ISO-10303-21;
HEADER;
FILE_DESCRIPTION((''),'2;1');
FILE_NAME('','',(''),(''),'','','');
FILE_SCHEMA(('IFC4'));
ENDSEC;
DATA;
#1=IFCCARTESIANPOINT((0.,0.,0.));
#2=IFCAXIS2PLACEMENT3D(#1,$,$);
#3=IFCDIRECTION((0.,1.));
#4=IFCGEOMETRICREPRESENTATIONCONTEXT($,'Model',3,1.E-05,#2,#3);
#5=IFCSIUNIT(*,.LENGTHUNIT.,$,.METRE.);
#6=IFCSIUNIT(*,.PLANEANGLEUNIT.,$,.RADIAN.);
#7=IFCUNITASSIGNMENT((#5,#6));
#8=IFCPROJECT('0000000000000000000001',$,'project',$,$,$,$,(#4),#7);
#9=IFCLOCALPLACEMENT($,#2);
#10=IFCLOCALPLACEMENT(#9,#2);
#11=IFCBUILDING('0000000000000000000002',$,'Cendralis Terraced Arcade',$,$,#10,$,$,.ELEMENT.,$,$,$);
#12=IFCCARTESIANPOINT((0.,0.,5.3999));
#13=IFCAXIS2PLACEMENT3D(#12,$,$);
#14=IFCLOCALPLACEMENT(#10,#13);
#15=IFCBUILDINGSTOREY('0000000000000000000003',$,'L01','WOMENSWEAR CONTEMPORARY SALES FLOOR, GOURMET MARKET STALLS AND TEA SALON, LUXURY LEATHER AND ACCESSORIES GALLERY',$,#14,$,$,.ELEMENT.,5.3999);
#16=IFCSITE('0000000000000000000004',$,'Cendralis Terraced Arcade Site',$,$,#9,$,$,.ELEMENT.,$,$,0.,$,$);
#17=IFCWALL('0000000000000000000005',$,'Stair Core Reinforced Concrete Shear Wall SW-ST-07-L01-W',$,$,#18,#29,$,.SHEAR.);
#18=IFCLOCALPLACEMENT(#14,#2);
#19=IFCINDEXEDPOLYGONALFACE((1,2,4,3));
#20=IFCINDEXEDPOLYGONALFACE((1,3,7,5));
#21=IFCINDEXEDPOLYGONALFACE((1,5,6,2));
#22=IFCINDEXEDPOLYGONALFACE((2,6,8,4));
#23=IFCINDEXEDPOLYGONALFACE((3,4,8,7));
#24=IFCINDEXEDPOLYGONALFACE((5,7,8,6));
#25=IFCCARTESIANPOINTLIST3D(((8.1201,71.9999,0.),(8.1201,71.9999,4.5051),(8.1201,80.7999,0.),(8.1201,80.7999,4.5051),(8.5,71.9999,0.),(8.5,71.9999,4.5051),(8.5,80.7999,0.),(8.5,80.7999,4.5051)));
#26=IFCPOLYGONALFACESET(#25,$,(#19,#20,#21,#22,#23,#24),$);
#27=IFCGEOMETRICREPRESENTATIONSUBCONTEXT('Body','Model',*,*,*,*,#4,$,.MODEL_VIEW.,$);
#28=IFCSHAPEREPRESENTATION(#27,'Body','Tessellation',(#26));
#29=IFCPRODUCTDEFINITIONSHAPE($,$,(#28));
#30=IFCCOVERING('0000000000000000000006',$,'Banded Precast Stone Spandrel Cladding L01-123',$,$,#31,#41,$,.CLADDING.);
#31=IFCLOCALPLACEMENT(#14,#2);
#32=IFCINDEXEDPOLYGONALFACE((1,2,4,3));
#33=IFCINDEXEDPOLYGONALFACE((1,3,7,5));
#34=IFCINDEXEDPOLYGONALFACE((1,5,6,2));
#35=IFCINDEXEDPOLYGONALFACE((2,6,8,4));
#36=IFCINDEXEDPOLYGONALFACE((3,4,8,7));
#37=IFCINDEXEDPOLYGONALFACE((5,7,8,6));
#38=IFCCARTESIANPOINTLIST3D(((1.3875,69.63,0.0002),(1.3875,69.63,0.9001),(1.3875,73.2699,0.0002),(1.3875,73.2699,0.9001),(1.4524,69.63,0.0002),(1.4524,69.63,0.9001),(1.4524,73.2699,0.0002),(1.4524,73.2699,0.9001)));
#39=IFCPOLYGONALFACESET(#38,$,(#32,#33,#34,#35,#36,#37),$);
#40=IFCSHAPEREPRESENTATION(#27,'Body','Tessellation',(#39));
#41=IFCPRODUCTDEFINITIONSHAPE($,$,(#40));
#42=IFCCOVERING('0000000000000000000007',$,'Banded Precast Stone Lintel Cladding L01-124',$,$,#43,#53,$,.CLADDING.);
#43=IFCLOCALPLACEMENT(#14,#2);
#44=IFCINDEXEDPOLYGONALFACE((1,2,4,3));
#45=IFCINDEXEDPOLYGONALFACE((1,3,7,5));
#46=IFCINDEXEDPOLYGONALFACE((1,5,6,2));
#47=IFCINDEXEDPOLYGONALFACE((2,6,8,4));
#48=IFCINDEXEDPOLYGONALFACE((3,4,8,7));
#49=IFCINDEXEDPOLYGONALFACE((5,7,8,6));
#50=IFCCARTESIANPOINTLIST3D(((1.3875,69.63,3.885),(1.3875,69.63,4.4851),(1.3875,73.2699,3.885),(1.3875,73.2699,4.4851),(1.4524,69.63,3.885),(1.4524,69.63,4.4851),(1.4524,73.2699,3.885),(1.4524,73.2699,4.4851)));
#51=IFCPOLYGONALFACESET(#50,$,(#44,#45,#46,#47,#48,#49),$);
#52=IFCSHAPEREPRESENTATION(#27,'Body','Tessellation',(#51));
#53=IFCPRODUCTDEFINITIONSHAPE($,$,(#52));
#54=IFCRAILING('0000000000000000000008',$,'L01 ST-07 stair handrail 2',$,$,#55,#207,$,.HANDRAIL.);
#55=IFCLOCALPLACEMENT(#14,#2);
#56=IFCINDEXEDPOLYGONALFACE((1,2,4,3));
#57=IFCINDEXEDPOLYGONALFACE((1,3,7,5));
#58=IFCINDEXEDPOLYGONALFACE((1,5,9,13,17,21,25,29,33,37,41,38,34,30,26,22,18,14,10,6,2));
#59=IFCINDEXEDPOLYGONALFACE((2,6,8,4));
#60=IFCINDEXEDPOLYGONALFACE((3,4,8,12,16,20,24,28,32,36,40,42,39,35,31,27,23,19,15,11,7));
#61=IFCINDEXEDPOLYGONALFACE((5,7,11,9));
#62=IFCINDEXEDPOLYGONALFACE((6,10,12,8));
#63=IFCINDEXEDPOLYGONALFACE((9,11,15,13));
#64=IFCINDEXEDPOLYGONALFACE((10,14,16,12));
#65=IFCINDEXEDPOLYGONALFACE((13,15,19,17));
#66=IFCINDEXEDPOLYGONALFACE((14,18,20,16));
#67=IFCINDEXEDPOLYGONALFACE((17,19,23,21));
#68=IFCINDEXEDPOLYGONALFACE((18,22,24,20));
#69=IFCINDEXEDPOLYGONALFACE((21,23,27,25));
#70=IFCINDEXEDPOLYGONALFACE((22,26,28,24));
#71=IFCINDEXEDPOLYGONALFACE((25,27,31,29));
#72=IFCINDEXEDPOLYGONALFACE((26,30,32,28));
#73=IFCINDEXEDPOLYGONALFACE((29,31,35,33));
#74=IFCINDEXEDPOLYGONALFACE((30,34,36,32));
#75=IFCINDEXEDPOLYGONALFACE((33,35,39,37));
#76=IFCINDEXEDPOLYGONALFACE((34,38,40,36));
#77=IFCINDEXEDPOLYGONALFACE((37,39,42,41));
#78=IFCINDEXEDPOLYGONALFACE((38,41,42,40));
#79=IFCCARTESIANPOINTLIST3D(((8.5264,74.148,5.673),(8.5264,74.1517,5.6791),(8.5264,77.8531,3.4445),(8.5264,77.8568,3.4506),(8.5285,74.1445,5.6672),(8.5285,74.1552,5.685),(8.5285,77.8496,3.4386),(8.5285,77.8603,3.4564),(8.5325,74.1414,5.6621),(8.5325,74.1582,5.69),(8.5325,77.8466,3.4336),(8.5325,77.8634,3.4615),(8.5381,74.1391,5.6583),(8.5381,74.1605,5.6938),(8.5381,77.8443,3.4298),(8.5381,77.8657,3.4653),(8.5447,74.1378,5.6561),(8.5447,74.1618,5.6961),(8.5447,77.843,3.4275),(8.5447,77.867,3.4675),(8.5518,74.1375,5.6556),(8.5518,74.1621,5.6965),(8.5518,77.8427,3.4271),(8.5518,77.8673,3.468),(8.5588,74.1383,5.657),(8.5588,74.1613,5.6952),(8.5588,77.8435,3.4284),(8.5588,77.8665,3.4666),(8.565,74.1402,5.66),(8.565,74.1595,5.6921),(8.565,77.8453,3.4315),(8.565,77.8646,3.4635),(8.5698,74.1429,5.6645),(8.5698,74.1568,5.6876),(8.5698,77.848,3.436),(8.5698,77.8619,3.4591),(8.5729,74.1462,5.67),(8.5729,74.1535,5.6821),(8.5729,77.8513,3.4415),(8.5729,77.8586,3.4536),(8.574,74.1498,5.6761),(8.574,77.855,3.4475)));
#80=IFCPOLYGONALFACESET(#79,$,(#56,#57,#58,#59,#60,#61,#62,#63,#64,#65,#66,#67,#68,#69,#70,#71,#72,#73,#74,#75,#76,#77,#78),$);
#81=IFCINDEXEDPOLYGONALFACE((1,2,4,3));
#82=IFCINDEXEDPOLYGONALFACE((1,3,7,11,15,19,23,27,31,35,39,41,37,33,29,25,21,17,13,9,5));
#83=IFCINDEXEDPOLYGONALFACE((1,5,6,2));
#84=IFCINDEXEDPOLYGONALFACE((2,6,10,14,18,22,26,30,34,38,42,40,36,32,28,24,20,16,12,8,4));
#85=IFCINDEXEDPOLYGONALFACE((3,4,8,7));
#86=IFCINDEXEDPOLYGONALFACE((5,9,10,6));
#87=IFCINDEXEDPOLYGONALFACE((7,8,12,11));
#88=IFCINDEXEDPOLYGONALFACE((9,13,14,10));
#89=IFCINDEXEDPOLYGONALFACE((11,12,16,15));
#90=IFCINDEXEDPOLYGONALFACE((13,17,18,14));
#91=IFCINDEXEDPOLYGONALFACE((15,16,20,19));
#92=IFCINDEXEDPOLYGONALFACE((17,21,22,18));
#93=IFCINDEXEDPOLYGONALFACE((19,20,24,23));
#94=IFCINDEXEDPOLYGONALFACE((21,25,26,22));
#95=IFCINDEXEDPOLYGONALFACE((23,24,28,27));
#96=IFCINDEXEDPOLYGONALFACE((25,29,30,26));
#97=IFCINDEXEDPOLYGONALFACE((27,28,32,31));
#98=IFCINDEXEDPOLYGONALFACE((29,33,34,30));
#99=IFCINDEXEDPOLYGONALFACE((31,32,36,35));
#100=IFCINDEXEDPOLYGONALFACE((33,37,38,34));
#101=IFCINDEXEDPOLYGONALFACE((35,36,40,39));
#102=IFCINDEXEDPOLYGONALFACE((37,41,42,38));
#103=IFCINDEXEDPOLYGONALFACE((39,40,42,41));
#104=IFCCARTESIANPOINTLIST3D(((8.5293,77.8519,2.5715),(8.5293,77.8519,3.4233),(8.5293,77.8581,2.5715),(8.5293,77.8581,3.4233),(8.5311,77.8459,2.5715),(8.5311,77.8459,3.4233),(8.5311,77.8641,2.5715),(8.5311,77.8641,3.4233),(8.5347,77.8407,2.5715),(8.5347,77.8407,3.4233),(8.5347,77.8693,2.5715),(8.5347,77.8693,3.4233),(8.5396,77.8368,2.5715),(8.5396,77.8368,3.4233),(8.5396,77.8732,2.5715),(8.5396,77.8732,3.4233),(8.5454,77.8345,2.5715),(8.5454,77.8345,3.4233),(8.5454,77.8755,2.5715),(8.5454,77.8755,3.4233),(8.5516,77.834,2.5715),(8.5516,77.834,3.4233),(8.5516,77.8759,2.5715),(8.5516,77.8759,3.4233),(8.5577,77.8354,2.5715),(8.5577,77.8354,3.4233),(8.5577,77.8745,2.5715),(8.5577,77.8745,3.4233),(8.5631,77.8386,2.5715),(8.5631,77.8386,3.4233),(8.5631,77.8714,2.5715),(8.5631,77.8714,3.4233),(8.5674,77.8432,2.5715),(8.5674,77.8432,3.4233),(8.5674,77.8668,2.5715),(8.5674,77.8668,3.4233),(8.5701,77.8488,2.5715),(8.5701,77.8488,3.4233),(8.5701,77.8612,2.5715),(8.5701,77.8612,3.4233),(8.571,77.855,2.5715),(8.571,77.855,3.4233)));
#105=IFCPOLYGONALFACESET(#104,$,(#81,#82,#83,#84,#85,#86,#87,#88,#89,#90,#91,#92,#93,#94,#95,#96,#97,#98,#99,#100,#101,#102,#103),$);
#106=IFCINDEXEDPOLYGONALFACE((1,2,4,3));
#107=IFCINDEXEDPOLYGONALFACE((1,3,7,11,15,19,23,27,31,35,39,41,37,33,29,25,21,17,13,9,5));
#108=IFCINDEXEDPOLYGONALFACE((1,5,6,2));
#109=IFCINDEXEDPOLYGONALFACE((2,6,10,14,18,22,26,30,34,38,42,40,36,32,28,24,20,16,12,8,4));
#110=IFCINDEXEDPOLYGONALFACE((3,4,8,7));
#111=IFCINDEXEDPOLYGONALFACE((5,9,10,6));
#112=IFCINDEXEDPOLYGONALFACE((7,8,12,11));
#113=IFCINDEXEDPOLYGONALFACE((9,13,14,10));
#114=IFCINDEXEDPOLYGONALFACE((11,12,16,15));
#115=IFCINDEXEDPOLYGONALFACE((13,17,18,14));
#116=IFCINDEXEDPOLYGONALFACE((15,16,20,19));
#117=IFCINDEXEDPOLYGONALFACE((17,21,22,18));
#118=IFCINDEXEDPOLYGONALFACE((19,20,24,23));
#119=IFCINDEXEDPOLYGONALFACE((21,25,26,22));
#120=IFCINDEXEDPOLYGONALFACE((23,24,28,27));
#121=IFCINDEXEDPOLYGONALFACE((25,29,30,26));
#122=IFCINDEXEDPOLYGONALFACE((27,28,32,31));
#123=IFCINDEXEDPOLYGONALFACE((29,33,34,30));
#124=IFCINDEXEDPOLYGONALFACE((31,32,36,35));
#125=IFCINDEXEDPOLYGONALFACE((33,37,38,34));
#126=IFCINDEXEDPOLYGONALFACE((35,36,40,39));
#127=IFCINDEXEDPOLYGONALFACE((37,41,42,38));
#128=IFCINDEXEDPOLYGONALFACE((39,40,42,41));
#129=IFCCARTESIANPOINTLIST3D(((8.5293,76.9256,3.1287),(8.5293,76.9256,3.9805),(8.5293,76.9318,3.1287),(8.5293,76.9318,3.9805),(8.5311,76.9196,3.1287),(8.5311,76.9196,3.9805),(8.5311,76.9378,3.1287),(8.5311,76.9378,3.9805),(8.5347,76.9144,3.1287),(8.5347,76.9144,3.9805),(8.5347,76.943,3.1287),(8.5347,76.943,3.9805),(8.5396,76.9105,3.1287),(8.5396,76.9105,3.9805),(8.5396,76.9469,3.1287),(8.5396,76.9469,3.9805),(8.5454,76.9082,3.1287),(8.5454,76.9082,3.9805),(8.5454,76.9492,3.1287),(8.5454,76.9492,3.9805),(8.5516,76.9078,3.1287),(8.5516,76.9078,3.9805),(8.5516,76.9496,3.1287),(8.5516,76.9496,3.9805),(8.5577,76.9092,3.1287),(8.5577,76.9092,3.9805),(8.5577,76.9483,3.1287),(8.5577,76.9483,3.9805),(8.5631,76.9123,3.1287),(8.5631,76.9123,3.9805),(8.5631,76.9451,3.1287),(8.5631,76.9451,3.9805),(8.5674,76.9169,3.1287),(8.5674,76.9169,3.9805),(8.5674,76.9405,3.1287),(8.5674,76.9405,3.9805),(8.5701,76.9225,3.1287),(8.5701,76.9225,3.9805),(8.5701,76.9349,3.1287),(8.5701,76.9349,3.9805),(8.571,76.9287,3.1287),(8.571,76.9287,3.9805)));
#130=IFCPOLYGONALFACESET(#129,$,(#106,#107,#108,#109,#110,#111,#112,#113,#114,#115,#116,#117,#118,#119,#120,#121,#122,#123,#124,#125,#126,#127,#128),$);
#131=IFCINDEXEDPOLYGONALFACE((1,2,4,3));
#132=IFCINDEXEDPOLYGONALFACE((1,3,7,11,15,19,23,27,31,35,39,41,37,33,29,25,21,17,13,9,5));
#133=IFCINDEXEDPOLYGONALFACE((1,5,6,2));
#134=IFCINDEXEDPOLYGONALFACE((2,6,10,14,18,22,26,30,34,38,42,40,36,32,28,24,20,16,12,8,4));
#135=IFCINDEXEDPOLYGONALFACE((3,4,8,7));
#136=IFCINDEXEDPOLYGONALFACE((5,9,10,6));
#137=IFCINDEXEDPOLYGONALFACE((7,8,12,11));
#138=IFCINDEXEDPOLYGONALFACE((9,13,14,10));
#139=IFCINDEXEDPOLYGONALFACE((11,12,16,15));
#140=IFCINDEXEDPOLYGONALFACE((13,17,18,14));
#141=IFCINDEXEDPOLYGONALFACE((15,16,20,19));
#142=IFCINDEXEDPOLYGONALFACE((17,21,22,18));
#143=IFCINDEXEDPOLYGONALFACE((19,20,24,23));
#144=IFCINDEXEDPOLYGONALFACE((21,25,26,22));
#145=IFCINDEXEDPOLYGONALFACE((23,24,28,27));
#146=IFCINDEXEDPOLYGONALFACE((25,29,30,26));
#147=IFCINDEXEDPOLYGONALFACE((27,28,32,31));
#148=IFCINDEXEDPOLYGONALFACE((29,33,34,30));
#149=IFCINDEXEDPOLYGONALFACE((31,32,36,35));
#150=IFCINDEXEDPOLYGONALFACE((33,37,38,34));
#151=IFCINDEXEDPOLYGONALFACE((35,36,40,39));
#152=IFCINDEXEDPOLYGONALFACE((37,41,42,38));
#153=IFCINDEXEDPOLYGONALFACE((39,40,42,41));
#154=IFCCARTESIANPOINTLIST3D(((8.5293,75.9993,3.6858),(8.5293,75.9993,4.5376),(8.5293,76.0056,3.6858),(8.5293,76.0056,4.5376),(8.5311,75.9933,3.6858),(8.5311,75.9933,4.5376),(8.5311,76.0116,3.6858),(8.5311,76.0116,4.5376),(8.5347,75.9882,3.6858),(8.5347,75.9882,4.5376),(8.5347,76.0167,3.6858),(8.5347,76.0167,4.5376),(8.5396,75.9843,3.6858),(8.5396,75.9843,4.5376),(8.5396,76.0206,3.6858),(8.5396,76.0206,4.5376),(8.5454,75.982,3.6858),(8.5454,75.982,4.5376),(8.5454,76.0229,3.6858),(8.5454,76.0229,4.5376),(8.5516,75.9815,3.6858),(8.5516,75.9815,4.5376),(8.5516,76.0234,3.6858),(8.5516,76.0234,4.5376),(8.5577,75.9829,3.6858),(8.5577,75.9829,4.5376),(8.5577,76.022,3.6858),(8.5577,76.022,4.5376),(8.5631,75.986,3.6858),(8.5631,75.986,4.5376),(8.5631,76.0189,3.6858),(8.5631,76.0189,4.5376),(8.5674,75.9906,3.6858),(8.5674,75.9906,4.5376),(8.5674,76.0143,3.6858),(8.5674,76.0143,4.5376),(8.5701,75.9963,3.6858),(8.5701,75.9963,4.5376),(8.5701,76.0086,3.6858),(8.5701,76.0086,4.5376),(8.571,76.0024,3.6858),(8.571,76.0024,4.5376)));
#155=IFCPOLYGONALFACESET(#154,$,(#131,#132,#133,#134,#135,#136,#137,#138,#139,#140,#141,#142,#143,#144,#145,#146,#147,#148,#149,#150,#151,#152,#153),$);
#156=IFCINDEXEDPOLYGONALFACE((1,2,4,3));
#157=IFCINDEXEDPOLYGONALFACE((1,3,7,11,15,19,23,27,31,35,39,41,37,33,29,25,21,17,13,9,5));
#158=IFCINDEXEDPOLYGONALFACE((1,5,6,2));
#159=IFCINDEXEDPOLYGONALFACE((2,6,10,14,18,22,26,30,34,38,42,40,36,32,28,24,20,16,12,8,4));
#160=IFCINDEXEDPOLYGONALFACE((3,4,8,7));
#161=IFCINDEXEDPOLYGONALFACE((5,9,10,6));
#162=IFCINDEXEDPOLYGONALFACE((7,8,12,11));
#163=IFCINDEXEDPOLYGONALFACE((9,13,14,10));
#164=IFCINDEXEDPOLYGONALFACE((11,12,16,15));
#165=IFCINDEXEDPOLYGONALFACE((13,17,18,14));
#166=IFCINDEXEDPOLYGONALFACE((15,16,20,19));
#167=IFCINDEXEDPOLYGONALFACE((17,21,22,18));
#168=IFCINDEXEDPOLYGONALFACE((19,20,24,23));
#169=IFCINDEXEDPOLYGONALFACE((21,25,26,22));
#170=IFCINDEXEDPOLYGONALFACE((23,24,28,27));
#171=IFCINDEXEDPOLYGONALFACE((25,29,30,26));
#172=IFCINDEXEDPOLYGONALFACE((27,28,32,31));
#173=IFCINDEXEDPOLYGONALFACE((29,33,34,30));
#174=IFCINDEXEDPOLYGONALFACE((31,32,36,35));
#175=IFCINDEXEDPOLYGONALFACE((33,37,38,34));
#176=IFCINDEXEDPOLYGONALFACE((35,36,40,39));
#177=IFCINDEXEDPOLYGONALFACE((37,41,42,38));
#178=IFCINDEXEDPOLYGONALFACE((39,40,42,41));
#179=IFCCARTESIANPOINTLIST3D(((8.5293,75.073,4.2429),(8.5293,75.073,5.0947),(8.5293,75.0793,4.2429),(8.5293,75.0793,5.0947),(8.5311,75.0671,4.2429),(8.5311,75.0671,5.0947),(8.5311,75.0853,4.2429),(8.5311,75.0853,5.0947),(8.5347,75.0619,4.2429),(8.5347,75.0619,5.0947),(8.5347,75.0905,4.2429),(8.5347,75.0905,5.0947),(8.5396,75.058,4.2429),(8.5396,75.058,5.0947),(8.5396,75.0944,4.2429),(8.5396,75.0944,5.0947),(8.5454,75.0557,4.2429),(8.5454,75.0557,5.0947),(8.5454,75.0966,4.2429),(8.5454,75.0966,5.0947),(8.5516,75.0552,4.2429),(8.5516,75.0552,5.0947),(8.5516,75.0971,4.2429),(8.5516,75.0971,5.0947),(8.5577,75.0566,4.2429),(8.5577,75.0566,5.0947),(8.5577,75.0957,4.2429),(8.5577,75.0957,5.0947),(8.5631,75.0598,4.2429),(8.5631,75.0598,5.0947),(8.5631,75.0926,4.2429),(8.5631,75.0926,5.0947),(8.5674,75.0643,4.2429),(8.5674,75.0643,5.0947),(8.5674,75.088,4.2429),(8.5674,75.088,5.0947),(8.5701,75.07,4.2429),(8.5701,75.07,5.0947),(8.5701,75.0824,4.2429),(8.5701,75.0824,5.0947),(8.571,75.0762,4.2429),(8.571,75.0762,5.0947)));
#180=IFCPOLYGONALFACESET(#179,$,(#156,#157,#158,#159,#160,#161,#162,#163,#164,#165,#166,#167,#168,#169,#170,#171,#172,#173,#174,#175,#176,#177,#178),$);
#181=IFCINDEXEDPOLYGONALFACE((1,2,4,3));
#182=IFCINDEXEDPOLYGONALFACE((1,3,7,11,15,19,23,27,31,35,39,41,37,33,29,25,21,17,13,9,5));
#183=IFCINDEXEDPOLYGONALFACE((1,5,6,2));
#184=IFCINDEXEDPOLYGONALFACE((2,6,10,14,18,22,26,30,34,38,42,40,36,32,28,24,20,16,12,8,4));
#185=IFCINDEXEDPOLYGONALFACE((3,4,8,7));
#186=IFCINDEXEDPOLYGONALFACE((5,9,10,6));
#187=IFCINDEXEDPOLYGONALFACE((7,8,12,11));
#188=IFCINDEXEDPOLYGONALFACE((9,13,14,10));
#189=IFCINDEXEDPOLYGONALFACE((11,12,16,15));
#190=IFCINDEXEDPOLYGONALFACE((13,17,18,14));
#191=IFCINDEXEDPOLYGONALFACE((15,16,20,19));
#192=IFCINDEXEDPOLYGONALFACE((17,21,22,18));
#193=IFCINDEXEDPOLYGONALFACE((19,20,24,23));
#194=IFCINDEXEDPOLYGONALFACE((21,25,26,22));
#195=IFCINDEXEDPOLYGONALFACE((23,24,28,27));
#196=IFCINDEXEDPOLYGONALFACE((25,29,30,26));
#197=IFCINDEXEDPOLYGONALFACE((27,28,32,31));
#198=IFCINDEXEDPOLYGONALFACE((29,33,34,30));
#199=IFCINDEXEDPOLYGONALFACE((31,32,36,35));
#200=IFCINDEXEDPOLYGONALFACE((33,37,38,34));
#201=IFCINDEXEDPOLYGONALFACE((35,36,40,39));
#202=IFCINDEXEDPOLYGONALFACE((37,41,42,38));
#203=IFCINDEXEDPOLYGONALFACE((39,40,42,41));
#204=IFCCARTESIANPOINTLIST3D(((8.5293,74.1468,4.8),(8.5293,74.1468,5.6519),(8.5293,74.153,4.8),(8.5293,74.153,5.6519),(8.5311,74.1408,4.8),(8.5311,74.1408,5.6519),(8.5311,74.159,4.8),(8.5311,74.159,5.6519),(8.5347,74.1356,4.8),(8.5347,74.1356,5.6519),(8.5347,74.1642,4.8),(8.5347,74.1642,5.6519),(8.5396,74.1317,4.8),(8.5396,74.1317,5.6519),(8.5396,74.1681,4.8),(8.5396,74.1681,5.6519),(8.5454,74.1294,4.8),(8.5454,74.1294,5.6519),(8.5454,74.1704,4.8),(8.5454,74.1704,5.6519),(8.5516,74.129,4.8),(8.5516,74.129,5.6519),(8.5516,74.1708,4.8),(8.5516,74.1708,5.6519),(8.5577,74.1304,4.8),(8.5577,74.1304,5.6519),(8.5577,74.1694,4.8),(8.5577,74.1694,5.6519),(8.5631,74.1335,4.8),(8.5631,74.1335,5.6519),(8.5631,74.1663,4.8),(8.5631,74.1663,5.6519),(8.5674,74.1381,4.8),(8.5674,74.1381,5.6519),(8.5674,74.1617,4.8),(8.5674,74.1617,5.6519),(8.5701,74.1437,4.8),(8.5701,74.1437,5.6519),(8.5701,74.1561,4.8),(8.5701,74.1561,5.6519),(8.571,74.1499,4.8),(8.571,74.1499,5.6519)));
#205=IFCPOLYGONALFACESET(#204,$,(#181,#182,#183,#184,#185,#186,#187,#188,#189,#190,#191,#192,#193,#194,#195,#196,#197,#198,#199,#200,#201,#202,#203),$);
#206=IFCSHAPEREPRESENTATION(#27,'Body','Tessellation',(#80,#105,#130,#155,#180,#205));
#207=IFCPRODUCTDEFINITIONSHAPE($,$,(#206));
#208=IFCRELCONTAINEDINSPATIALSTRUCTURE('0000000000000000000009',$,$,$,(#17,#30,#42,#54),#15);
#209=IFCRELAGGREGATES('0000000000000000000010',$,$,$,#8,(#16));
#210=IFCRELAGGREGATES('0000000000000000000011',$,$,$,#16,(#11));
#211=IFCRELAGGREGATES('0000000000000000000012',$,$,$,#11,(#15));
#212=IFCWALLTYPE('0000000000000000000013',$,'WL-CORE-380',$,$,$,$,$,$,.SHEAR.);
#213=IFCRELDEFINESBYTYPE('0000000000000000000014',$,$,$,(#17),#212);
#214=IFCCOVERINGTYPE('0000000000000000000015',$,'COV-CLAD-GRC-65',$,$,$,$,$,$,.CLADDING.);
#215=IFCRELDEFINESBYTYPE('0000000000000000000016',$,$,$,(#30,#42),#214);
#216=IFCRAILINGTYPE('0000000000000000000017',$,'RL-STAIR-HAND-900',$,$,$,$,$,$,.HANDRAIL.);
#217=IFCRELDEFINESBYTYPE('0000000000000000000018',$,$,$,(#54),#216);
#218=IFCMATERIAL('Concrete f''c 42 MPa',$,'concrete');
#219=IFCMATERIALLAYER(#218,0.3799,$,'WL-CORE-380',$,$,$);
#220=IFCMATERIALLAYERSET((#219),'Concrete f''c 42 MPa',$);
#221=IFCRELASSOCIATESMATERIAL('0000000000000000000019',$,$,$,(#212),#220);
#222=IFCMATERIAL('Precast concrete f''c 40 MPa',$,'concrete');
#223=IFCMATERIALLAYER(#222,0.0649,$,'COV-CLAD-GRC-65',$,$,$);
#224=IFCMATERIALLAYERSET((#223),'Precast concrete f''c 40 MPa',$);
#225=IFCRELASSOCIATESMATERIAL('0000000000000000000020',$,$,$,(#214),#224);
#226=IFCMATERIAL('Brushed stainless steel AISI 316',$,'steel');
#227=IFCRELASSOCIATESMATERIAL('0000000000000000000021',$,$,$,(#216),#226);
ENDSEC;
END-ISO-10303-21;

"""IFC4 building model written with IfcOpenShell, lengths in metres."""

from ifc_helpers import new_model, si_unit, direction, frame, frame_2d, origin, origin_2d, place, context, subcontext, project, spatial, rectangle, circle, extrude, material, layer, layer_set, type_object, element, save


model = new_model("IFC4")

# Units and contexts
model_context = context("Model", 3, precision=1e-05, world=origin(), true_north=direction((0.0, 1.0)))
body_context = subcontext(model_context, "Body", "Model", "MODEL_VIEW")
ifc_project = project(units=[si_unit("LENGTHUNIT", "METRE"), si_unit("PLANEANGLEUNIT", "RADIAN")], contexts=[model_context])

# Site, building, storey
site_placement = place(None, origin())
site = spatial("IfcSite", under=ifc_project, at=site_placement, Name="Cendralis Terraced Arcade Site", CompositionType="ELEMENT", RefElevation=0.0)
building_placement = place(site_placement, origin())
building = spatial("IfcBuilding", under=site, at=building_placement, Name="Cendralis Terraced Arcade", CompositionType="ELEMENT")
storey_placement = place(building_placement, frame((0.0, 0.0, 5.3999)))
storey = spatial("IfcBuildingStorey", under=building, at=storey_placement, Name="L01", Description="WOMENSWEAR CONTEMPORARY SALES FLOOR, GOURMET MARKET STALLS AND TEA SALON, LUXURY LEATHER AND ACCESSORIES GALLERY", CompositionType="ELEMENT", Elevation=5.3999)

# Wall
ifc_material_1 = material(Name="Concrete f'c 42 MPa", Category="concrete")
ifc_layer_1 = layer(ifc_material_1, 0.3799, Name="WL-CORE-380")
ifc_layer_set_1 = layer_set([ifc_layer_1], Name="Concrete f'c 42 MPa")
wall_type = type_object("IfcWallType", Name="WL-CORE-380", PredefinedType="SHEAR", material=ifc_layer_set_1)
wall_1_placement = place(storey_placement, frame((8.3101, 72.0, 0.0), z_axis=(0.0, 0.0, 1.0), x_axis=(0.0, 1.0, 0.0)))
element("IfcWall", 1, at=wall_1_placement, inside=storey, type_object=wall_type, Name="Stair Core Reinforced Concrete Shear Wall SW-ST-07-L01-W", PredefinedType="SHEAR", context=body_context, shape_type="SweptSolid", body=[
    extrude(rectangle(XDim=8.8, YDim=0.3799, at=frame_2d((4.3999, 0.0))), origin(), (0.0, 0.0, 1.0), 4.5051),
])

# Coverings
ifc_material_2 = material(Name="Precast concrete f'c 40 MPa", Category="concrete")
ifc_layer_2 = layer(ifc_material_2, 0.0649, Name="COV-CLAD-GRC-65")
ifc_layer_set_2 = layer_set([ifc_layer_2], Name="Precast concrete f'c 40 MPa")
covering_type = type_object("IfcCoveringType", Name="COV-CLAD-GRC-65", PredefinedType="CLADDING", material=ifc_layer_set_2)
covering_1_placement = place(storey_placement, frame((1.4199, 71.45, 0.0002), z_axis=(0.0, 0.0, 1.0), x_axis=(0.0, 1.0, 0.0)))
element("IfcCovering", 2, at=covering_1_placement, inside=storey, type_object=covering_type, Name="Banded Precast Stone Spandrel Cladding L01-123", PredefinedType="CLADDING", context=body_context, shape_type="SweptSolid", body=[
    extrude(rectangle(XDim=3.6399, YDim=0.0649, at=origin_2d()), origin(), (0.0, 0.0, 1.0), 0.8999),
])
covering_2_placement = place(storey_placement, frame((1.4199, 71.45, 3.885), z_axis=(0.0, 0.0, 1.0), x_axis=(0.0, 1.0, 0.0)))
element("IfcCovering", 3, at=covering_2_placement, inside=storey, type_object=covering_type, Name="Banded Precast Stone Lintel Cladding L01-124", PredefinedType="CLADDING", context=body_context, shape_type="SweptSolid", body=[
    extrude(rectangle(XDim=3.6399, YDim=0.0649, at=origin_2d()), origin(), (0.0, 0.0, 1.0), 0.6001),
])

# Railing
ifc_material_3 = material(Name="Brushed stainless steel AISI 316", Category="steel")
railing_type = type_object("IfcRailingType", Name="RL-STAIR-HAND-900", PredefinedType="HANDRAIL", material=ifc_material_3)
railing_placement = place(storey_placement, frame((8.55, 77.855, 2.5715)))
element("IfcRailing", 4, at=railing_placement, inside=storey, type_object=railing_type, Name="L01 ST-07 stair handrail 2", PredefinedType="HANDRAIL", context=body_context, shape_type="SweptSolid", body=[
    extrude(circle(Radius=0.0239, at=origin_2d()), frame((0.0, 0.0, 0.876), z_axis=(0.0, -0.856934, 0.515425), x_axis=(1.0, 0.0, 0.0)), (0.0, 0.0, 1.0), 4.3237),
    extrude(circle(Radius=0.021, at=origin_2d()), origin(), (0.0, 0.0, 1.0), 0.8518),
    extrude(circle(Radius=0.021, at=origin_2d()), frame((0.0, -0.9263, 0.5571)), (0.0, 0.0, 1.0), 0.8518),
    extrude(circle(Radius=0.021, at=origin_2d()), frame((0.0, -1.8525, 1.1143)), (0.0, 0.0, 1.0), 0.8518),
    extrude(circle(Radius=0.021, at=origin_2d()), frame((0.0, -2.7788, 1.6714)), (0.0, 0.0, 1.0), 0.8518),
    extrude(circle(Radius=0.021, at=origin_2d()), frame((0.0, -3.7051, 2.2285)), (0.0, 0.0, 1.0), 0.8518),
])

save(model, "model.ifc")
